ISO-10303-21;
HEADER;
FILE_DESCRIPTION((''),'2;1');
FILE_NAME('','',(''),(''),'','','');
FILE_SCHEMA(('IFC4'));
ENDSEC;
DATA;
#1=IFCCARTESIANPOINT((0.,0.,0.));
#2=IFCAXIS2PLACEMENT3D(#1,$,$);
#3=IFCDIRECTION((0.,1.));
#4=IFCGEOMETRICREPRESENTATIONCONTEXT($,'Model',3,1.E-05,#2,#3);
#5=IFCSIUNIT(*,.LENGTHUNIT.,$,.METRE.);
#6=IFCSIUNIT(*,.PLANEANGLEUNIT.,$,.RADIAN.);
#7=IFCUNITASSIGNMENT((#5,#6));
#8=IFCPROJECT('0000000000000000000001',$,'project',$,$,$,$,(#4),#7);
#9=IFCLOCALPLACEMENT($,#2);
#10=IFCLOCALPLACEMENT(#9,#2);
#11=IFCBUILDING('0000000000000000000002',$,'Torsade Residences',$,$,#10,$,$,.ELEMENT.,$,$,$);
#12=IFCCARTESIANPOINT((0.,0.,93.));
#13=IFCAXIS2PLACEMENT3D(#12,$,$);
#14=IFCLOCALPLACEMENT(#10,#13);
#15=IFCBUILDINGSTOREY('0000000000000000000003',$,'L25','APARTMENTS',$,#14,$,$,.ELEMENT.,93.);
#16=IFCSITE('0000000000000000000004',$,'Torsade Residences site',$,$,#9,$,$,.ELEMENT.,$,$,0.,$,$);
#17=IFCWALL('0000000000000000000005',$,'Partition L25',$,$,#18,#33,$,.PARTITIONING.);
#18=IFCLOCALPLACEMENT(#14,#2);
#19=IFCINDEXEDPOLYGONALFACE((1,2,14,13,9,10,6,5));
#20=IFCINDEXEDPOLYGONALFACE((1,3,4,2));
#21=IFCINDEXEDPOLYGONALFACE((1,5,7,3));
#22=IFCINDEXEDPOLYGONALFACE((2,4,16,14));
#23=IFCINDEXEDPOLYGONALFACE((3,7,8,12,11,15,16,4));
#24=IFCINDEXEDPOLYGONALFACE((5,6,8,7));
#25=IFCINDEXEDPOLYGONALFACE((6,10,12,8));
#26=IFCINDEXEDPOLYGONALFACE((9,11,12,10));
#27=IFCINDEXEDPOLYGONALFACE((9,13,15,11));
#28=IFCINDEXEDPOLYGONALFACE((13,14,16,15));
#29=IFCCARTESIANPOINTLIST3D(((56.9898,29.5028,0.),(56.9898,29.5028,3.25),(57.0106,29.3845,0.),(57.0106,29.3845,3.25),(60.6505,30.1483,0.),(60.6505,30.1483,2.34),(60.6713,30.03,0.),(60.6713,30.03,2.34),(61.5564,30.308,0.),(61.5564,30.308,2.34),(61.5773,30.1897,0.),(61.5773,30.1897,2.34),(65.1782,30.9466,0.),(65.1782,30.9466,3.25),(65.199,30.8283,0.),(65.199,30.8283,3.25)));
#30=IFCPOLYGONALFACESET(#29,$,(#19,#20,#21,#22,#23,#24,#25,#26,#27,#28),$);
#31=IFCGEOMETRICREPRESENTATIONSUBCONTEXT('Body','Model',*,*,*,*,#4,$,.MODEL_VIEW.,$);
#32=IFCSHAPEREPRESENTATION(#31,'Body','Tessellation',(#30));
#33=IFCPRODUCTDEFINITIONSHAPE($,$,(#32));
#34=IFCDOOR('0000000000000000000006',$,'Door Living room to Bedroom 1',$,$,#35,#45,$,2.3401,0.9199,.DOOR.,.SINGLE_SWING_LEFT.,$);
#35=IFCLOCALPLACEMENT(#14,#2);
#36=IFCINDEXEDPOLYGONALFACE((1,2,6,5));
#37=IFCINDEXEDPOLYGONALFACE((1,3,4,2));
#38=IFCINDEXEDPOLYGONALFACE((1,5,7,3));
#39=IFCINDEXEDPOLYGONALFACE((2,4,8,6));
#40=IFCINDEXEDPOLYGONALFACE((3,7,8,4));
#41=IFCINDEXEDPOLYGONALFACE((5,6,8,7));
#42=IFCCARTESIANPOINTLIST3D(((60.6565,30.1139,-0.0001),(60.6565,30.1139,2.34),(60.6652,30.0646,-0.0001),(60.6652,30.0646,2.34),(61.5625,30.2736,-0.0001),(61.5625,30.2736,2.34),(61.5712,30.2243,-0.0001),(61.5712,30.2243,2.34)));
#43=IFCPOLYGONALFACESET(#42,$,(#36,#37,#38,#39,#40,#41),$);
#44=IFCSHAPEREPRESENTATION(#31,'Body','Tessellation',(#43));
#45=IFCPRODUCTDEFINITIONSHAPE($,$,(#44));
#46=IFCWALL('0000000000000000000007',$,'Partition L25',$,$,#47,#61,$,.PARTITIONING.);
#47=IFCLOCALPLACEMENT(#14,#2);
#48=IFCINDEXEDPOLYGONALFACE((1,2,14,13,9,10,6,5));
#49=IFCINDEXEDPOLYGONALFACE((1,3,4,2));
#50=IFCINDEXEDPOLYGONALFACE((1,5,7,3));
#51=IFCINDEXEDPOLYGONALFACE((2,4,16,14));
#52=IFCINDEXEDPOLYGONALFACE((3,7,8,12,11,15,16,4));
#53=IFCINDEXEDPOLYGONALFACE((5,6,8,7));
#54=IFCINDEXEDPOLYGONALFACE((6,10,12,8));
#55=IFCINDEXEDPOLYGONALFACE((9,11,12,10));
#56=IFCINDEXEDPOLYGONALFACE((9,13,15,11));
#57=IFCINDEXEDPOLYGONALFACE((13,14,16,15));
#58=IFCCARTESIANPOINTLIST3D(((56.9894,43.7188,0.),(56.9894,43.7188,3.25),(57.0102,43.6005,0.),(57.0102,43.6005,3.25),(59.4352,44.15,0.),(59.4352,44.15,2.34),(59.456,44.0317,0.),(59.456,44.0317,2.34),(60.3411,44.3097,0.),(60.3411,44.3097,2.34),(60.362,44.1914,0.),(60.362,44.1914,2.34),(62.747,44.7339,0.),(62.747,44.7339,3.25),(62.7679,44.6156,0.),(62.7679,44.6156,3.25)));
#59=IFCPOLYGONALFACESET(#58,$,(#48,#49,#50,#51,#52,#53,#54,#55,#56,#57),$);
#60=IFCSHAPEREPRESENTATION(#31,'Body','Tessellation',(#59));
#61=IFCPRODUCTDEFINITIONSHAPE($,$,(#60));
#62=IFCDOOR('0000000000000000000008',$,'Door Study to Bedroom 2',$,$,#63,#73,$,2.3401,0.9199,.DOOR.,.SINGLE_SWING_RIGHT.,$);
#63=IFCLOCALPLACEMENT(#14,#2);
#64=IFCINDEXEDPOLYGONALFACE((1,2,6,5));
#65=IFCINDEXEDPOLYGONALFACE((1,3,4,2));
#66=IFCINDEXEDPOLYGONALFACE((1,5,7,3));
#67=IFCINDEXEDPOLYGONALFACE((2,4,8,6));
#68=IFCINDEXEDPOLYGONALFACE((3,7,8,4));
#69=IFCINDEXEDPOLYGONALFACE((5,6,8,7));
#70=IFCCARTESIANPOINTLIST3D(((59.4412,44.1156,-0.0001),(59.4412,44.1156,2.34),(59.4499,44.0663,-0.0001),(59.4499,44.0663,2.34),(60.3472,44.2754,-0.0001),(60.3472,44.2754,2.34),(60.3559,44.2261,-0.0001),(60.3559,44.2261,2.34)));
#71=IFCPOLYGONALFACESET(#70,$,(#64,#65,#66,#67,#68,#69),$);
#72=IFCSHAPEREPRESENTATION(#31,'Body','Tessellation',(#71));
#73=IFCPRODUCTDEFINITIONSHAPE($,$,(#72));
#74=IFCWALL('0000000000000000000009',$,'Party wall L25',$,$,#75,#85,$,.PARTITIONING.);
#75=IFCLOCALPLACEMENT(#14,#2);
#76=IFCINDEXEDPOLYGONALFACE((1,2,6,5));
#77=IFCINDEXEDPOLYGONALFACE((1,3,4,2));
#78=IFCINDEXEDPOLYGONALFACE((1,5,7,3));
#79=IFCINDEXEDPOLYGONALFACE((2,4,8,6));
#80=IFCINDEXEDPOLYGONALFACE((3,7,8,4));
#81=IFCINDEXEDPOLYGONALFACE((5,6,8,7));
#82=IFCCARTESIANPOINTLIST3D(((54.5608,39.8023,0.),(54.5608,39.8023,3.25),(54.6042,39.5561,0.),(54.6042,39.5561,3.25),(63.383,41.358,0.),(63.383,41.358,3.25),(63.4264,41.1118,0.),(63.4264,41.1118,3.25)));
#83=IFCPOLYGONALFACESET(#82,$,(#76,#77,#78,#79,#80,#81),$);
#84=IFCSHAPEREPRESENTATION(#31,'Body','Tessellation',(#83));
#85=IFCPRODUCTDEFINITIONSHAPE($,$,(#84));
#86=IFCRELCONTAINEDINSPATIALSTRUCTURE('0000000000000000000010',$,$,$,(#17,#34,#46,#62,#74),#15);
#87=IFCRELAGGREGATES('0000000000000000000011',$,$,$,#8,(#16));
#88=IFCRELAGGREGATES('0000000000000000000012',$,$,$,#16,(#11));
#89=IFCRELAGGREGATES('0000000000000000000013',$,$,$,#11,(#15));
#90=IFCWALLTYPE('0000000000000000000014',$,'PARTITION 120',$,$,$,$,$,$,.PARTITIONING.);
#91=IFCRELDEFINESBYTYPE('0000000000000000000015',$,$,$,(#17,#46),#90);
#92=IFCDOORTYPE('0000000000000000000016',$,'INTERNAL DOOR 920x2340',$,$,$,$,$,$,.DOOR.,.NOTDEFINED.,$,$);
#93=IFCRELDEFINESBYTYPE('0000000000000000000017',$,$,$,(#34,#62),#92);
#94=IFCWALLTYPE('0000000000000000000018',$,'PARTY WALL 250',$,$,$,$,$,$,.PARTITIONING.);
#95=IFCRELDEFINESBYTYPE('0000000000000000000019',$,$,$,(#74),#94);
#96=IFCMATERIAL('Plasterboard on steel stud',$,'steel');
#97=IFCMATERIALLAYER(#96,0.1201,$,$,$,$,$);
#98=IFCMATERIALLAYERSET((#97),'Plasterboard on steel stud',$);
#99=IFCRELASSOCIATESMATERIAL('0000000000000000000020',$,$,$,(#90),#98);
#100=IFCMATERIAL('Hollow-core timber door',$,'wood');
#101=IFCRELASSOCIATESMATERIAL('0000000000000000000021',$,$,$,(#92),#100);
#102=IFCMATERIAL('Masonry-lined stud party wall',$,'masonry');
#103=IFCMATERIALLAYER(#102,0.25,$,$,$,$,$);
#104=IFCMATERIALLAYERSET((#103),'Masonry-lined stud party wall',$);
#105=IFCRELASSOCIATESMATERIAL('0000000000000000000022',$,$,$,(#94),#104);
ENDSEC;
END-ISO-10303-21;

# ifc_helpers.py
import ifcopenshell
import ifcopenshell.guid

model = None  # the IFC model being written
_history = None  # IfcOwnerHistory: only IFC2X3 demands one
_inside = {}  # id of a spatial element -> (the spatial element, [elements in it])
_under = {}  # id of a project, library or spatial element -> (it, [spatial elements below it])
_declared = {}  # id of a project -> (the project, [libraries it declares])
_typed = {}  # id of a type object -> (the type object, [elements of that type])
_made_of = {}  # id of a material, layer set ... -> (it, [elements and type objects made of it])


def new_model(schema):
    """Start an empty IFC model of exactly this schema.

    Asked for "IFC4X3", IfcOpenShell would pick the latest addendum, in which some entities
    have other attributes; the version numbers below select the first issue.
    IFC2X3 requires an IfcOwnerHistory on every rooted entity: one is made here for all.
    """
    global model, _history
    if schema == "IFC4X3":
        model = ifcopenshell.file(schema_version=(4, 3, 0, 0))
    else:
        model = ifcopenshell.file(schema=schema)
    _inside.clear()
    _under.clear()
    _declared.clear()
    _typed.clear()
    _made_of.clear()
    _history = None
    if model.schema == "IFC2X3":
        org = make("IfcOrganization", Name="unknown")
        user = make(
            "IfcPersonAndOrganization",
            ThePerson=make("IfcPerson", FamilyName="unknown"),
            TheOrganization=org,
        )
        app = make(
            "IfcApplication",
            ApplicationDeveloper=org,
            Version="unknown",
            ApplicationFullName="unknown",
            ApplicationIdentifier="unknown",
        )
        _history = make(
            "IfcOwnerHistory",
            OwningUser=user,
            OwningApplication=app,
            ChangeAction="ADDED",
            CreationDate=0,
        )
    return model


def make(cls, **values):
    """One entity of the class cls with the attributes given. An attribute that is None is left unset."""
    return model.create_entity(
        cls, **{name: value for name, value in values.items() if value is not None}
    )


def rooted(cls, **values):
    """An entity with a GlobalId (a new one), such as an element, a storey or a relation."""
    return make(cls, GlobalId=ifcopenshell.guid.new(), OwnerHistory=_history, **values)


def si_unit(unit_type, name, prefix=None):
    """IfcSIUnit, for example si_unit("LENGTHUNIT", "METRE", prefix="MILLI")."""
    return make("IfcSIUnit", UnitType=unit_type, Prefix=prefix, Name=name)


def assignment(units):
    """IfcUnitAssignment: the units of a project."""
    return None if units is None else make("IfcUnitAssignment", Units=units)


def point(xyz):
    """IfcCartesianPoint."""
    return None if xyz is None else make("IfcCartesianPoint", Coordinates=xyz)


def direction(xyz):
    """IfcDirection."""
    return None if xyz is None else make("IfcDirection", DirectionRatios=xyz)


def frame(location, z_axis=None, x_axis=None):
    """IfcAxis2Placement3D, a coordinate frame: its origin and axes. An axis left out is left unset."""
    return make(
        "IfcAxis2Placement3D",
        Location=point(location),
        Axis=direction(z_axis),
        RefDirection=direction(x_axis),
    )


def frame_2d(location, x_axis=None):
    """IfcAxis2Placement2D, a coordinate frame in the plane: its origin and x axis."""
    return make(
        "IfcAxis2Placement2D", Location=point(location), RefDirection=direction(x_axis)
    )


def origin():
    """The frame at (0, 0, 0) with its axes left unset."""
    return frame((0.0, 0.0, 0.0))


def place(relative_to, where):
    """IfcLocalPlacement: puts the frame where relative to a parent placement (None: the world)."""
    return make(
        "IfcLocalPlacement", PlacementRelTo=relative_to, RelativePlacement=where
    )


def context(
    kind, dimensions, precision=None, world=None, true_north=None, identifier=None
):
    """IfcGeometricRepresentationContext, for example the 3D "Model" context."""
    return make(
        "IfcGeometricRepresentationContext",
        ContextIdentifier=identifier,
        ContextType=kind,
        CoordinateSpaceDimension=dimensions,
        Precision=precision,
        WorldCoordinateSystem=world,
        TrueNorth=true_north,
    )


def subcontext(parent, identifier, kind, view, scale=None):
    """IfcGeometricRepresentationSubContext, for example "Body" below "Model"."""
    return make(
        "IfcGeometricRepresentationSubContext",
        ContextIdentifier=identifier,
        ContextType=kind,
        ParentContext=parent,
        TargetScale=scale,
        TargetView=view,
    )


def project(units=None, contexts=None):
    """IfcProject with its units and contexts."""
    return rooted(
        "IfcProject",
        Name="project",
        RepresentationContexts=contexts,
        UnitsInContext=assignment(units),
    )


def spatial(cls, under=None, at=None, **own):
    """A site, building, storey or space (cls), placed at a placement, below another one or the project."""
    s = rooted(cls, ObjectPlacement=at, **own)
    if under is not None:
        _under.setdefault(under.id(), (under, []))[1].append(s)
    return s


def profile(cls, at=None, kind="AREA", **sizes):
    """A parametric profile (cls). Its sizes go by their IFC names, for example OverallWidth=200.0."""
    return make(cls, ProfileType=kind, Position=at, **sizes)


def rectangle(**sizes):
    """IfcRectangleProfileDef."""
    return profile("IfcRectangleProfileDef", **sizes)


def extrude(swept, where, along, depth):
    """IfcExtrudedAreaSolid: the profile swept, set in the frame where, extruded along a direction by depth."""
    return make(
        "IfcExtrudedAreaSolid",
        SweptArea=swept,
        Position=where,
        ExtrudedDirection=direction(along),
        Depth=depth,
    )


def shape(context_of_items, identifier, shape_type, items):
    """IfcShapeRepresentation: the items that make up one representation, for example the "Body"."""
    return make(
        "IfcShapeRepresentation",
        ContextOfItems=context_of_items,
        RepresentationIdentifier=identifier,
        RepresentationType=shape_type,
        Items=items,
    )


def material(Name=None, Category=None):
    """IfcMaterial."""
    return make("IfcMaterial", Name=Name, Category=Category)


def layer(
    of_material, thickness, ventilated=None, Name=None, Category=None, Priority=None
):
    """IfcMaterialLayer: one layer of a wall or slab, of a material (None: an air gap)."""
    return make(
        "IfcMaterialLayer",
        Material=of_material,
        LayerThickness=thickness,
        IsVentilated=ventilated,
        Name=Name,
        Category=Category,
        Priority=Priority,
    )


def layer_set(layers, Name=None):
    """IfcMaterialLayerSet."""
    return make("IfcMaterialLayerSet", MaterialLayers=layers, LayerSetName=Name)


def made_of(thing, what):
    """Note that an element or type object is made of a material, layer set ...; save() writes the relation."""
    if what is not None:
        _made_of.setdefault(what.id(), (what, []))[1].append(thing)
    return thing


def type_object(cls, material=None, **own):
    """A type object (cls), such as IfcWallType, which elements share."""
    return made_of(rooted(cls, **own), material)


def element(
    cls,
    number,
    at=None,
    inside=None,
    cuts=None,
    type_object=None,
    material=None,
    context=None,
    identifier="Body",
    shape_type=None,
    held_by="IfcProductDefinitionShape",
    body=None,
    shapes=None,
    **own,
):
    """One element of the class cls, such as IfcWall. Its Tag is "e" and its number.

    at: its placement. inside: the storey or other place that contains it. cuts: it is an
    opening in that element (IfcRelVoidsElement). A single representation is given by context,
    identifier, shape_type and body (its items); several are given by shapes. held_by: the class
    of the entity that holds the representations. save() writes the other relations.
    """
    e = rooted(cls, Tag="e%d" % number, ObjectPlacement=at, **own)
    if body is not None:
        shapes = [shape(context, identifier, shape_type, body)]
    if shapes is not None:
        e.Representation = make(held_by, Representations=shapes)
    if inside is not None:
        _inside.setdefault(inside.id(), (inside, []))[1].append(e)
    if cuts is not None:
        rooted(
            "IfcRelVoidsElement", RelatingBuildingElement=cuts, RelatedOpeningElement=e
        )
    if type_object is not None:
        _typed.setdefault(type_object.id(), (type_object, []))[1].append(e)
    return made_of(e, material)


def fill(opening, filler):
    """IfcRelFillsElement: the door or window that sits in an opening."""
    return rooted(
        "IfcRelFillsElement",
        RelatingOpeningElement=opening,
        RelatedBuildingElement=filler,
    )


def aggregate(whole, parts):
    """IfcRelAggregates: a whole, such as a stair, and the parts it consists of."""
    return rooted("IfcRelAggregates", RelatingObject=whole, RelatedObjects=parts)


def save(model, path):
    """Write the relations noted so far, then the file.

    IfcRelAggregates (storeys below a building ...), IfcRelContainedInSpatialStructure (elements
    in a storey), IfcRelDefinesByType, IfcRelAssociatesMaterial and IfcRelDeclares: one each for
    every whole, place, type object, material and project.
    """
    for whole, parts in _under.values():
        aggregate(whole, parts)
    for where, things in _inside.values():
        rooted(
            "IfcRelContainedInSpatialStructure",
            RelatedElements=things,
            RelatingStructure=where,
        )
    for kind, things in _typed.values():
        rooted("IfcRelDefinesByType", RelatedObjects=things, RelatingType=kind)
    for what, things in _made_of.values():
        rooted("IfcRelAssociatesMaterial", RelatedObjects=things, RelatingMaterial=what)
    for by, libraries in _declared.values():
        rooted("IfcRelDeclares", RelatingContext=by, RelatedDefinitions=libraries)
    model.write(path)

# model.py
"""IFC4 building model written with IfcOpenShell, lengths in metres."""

from ifc_helpers import new_model, si_unit, direction, frame, frame_2d, origin, place, context, subcontext, project, spatial, rectangle, extrude, material, layer, layer_set, type_object, element, fill, save


model = new_model("IFC4")

# Units and contexts
model_context = context("Model", 3, precision=1e-05, world=origin(), true_north=direction((0.0, 1.0)))
body_context = subcontext(model_context, "Body", "Model", "MODEL_VIEW")
ifc_project = project(units=[si_unit("LENGTHUNIT", "METRE"), si_unit("PLANEANGLEUNIT", "RADIAN")], contexts=[model_context])

# Site, building, storey
site_placement = place(None, origin())
site = spatial("IfcSite", under=ifc_project, at=site_placement, Name="Torsade Residences site", CompositionType="ELEMENT", RefElevation=0.0)
building_placement = place(site_placement, origin())
building = spatial("IfcBuilding", under=site, at=building_placement, Name="Torsade Residences", CompositionType="ELEMENT")
storey_placement = place(building_placement, frame((0.0, 0.0, 93.0)))
storey = spatial("IfcBuildingStorey", under=building, at=storey_placement, Name="L25", Description="APARTMENTS", CompositionType="ELEMENT", Elevation=93.0)

# Walls, openings, doors
ifc_material_1 = material(Name="Plasterboard on steel stud", Category="steel")
ifc_layer_1 = layer(ifc_material_1, 0.1201)
ifc_layer_set_1 = layer_set([ifc_layer_1], Name="Plasterboard on steel stud")
wall_type_1 = type_object("IfcWallType", Name="PARTITION 120", PredefinedType="PARTITIONING", material=ifc_layer_set_1)
wall_1_placement = place(storey_placement, frame((65.1885, 30.8875, 0.0), z_axis=(0.0, 0.0, 1.0), x_axis=(-0.984808, -0.173648, 0.0)))
wall_1 = element("IfcWall", 1, at=wall_1_placement, inside=storey, type_object=wall_type_1, Name="Partition L25", PredefinedType="PARTITIONING", context=body_context, shape_type="SweptSolid", body=[
    extrude(rectangle(XDim=8.3147, YDim=0.1201, at=frame_2d((4.1572, 0.0))), origin(), (0.0, 0.0, 1.0), 3.25),
])
opening_1_placement = place(wall_1_placement, frame((3.6775, 0.0, 0.0)))
opening_1 = element("IfcOpeningElement", 2, at=opening_1_placement, cuts=wall_1, PredefinedType="OPENING", context=body_context, shape_type="SweptSolid", body=[
    extrude(rectangle(XDim=0.9199, YDim=2.3401, at=frame_2d((0.46, 1.1699))), frame((0.0, 0.0701, 0.0), z_axis=(0.0, -1.0, 0.0), x_axis=(1.0, 0.0, 0.0)), (0.0, 0.0, 1.0), 0.1401),
])
ifc_material_2 = material(Name="Hollow-core timber door", Category="wood")
door_type = type_object("IfcDoorType", Name="INTERNAL DOOR 920x2340", OperationType="NOTDEFINED", PredefinedType="DOOR", material=ifc_material_2)
door_1_placement = place(opening_1_placement, origin())
door_1 = element("IfcDoor", 3, at=door_1_placement, inside=storey, type_object=door_type, Name="Door Living room to Bedroom 1", OperationType="SINGLE_SWING_LEFT", OverallHeight=2.3401, OverallWidth=0.9199, PredefinedType="DOOR", context=body_context, shape_type="SweptSolid", body=[
    extrude(rectangle(XDim=0.9199, YDim=2.3401, at=frame_2d((0.46, 1.1699))), frame((0.0, 0.0249, 0.0), z_axis=(0.0, -1.0, 0.0), x_axis=(1.0, 0.0, 0.0)), (0.0, 0.0, 1.0), 0.05),
])
fill(opening_1, door_1)
wall_2_placement = place(storey_placement, frame((62.7576, 44.6748, 0.0), z_axis=(0.0, 0.0, 1.0), x_axis=(-0.98481, -0.173635, 0.0)))
wall_2 = element("IfcWall", 4, at=wall_2_placement, inside=storey, type_object=wall_type_1, Name="Partition L25", PredefinedType="PARTITIONING", context=body_context, shape_type="SweptSolid", body=[
    extrude(rectangle(XDim=5.8464, YDim=0.1201, at=frame_2d((2.9233, 0.0))), origin(), (0.0, 0.0, 1.0), 3.25),
])
opening_2_placement = place(wall_2_placement, frame((2.4431, 0.0, 0.0)))
opening_2 = element("IfcOpeningElement", 5, at=opening_2_placement, cuts=wall_2, PredefinedType="OPENING", context=body_context, shape_type="SweptSolid", body=[
    extrude(rectangle(XDim=0.9199, YDim=2.3401, at=frame_2d((0.46, 1.1699))), frame((0.0, 0.0701, 0.0), z_axis=(0.0, -1.0, 0.0), x_axis=(1.0, 0.0, 0.0)), (0.0, 0.0, 1.0), 0.1401),
])
door_2_placement = place(opening_2_placement, origin())
door_2 = element("IfcDoor", 6, at=door_2_placement, inside=storey, type_object=door_type, Name="Door Study to Bedroom 2", OperationType="SINGLE_SWING_RIGHT", OverallHeight=2.3401, OverallWidth=0.9199, PredefinedType="DOOR", context=body_context, shape_type="SweptSolid", body=[
    extrude(rectangle(XDim=0.9199, YDim=2.3401, at=frame_2d((0.46, 1.1699))), frame((0.0, 0.0249, 0.0), z_axis=(0.0, -1.0, 0.0), x_axis=(1.0, 0.0, 0.0)), (0.0, 0.0, 1.0), 0.05),
])
fill(opening_2, door_2)

# Wall
ifc_material_3 = material(Name="Masonry-lined stud party wall", Category="masonry")
ifc_layer_2 = layer(ifc_material_3, 0.25)
ifc_layer_set_2 = layer_set([ifc_layer_2], Name="Masonry-lined stud party wall")
wall_type_2 = type_object("IfcWallType", Name="PARTY WALL 250", PredefinedType="PARTITIONING", material=ifc_layer_set_2)
wall_3_placement = place(storey_placement, frame((63.4045, 41.2349, 0.0), z_axis=(0.0, 0.0, 1.0), x_axis=(-0.984807, -0.173655, 0.0)))
element("IfcWall", 7, at=wall_3_placement, inside=storey, type_object=wall_type_2, Name="Party wall L25", PredefinedType="PARTITIONING", context=body_context, shape_type="SweptSolid", body=[
    extrude(rectangle(XDim=8.9583, YDim=0.25, at=frame_2d((4.479, 0.0))), origin(), (0.0, 0.0, 1.0), 3.25),
])

save(model, "model.ifc")
